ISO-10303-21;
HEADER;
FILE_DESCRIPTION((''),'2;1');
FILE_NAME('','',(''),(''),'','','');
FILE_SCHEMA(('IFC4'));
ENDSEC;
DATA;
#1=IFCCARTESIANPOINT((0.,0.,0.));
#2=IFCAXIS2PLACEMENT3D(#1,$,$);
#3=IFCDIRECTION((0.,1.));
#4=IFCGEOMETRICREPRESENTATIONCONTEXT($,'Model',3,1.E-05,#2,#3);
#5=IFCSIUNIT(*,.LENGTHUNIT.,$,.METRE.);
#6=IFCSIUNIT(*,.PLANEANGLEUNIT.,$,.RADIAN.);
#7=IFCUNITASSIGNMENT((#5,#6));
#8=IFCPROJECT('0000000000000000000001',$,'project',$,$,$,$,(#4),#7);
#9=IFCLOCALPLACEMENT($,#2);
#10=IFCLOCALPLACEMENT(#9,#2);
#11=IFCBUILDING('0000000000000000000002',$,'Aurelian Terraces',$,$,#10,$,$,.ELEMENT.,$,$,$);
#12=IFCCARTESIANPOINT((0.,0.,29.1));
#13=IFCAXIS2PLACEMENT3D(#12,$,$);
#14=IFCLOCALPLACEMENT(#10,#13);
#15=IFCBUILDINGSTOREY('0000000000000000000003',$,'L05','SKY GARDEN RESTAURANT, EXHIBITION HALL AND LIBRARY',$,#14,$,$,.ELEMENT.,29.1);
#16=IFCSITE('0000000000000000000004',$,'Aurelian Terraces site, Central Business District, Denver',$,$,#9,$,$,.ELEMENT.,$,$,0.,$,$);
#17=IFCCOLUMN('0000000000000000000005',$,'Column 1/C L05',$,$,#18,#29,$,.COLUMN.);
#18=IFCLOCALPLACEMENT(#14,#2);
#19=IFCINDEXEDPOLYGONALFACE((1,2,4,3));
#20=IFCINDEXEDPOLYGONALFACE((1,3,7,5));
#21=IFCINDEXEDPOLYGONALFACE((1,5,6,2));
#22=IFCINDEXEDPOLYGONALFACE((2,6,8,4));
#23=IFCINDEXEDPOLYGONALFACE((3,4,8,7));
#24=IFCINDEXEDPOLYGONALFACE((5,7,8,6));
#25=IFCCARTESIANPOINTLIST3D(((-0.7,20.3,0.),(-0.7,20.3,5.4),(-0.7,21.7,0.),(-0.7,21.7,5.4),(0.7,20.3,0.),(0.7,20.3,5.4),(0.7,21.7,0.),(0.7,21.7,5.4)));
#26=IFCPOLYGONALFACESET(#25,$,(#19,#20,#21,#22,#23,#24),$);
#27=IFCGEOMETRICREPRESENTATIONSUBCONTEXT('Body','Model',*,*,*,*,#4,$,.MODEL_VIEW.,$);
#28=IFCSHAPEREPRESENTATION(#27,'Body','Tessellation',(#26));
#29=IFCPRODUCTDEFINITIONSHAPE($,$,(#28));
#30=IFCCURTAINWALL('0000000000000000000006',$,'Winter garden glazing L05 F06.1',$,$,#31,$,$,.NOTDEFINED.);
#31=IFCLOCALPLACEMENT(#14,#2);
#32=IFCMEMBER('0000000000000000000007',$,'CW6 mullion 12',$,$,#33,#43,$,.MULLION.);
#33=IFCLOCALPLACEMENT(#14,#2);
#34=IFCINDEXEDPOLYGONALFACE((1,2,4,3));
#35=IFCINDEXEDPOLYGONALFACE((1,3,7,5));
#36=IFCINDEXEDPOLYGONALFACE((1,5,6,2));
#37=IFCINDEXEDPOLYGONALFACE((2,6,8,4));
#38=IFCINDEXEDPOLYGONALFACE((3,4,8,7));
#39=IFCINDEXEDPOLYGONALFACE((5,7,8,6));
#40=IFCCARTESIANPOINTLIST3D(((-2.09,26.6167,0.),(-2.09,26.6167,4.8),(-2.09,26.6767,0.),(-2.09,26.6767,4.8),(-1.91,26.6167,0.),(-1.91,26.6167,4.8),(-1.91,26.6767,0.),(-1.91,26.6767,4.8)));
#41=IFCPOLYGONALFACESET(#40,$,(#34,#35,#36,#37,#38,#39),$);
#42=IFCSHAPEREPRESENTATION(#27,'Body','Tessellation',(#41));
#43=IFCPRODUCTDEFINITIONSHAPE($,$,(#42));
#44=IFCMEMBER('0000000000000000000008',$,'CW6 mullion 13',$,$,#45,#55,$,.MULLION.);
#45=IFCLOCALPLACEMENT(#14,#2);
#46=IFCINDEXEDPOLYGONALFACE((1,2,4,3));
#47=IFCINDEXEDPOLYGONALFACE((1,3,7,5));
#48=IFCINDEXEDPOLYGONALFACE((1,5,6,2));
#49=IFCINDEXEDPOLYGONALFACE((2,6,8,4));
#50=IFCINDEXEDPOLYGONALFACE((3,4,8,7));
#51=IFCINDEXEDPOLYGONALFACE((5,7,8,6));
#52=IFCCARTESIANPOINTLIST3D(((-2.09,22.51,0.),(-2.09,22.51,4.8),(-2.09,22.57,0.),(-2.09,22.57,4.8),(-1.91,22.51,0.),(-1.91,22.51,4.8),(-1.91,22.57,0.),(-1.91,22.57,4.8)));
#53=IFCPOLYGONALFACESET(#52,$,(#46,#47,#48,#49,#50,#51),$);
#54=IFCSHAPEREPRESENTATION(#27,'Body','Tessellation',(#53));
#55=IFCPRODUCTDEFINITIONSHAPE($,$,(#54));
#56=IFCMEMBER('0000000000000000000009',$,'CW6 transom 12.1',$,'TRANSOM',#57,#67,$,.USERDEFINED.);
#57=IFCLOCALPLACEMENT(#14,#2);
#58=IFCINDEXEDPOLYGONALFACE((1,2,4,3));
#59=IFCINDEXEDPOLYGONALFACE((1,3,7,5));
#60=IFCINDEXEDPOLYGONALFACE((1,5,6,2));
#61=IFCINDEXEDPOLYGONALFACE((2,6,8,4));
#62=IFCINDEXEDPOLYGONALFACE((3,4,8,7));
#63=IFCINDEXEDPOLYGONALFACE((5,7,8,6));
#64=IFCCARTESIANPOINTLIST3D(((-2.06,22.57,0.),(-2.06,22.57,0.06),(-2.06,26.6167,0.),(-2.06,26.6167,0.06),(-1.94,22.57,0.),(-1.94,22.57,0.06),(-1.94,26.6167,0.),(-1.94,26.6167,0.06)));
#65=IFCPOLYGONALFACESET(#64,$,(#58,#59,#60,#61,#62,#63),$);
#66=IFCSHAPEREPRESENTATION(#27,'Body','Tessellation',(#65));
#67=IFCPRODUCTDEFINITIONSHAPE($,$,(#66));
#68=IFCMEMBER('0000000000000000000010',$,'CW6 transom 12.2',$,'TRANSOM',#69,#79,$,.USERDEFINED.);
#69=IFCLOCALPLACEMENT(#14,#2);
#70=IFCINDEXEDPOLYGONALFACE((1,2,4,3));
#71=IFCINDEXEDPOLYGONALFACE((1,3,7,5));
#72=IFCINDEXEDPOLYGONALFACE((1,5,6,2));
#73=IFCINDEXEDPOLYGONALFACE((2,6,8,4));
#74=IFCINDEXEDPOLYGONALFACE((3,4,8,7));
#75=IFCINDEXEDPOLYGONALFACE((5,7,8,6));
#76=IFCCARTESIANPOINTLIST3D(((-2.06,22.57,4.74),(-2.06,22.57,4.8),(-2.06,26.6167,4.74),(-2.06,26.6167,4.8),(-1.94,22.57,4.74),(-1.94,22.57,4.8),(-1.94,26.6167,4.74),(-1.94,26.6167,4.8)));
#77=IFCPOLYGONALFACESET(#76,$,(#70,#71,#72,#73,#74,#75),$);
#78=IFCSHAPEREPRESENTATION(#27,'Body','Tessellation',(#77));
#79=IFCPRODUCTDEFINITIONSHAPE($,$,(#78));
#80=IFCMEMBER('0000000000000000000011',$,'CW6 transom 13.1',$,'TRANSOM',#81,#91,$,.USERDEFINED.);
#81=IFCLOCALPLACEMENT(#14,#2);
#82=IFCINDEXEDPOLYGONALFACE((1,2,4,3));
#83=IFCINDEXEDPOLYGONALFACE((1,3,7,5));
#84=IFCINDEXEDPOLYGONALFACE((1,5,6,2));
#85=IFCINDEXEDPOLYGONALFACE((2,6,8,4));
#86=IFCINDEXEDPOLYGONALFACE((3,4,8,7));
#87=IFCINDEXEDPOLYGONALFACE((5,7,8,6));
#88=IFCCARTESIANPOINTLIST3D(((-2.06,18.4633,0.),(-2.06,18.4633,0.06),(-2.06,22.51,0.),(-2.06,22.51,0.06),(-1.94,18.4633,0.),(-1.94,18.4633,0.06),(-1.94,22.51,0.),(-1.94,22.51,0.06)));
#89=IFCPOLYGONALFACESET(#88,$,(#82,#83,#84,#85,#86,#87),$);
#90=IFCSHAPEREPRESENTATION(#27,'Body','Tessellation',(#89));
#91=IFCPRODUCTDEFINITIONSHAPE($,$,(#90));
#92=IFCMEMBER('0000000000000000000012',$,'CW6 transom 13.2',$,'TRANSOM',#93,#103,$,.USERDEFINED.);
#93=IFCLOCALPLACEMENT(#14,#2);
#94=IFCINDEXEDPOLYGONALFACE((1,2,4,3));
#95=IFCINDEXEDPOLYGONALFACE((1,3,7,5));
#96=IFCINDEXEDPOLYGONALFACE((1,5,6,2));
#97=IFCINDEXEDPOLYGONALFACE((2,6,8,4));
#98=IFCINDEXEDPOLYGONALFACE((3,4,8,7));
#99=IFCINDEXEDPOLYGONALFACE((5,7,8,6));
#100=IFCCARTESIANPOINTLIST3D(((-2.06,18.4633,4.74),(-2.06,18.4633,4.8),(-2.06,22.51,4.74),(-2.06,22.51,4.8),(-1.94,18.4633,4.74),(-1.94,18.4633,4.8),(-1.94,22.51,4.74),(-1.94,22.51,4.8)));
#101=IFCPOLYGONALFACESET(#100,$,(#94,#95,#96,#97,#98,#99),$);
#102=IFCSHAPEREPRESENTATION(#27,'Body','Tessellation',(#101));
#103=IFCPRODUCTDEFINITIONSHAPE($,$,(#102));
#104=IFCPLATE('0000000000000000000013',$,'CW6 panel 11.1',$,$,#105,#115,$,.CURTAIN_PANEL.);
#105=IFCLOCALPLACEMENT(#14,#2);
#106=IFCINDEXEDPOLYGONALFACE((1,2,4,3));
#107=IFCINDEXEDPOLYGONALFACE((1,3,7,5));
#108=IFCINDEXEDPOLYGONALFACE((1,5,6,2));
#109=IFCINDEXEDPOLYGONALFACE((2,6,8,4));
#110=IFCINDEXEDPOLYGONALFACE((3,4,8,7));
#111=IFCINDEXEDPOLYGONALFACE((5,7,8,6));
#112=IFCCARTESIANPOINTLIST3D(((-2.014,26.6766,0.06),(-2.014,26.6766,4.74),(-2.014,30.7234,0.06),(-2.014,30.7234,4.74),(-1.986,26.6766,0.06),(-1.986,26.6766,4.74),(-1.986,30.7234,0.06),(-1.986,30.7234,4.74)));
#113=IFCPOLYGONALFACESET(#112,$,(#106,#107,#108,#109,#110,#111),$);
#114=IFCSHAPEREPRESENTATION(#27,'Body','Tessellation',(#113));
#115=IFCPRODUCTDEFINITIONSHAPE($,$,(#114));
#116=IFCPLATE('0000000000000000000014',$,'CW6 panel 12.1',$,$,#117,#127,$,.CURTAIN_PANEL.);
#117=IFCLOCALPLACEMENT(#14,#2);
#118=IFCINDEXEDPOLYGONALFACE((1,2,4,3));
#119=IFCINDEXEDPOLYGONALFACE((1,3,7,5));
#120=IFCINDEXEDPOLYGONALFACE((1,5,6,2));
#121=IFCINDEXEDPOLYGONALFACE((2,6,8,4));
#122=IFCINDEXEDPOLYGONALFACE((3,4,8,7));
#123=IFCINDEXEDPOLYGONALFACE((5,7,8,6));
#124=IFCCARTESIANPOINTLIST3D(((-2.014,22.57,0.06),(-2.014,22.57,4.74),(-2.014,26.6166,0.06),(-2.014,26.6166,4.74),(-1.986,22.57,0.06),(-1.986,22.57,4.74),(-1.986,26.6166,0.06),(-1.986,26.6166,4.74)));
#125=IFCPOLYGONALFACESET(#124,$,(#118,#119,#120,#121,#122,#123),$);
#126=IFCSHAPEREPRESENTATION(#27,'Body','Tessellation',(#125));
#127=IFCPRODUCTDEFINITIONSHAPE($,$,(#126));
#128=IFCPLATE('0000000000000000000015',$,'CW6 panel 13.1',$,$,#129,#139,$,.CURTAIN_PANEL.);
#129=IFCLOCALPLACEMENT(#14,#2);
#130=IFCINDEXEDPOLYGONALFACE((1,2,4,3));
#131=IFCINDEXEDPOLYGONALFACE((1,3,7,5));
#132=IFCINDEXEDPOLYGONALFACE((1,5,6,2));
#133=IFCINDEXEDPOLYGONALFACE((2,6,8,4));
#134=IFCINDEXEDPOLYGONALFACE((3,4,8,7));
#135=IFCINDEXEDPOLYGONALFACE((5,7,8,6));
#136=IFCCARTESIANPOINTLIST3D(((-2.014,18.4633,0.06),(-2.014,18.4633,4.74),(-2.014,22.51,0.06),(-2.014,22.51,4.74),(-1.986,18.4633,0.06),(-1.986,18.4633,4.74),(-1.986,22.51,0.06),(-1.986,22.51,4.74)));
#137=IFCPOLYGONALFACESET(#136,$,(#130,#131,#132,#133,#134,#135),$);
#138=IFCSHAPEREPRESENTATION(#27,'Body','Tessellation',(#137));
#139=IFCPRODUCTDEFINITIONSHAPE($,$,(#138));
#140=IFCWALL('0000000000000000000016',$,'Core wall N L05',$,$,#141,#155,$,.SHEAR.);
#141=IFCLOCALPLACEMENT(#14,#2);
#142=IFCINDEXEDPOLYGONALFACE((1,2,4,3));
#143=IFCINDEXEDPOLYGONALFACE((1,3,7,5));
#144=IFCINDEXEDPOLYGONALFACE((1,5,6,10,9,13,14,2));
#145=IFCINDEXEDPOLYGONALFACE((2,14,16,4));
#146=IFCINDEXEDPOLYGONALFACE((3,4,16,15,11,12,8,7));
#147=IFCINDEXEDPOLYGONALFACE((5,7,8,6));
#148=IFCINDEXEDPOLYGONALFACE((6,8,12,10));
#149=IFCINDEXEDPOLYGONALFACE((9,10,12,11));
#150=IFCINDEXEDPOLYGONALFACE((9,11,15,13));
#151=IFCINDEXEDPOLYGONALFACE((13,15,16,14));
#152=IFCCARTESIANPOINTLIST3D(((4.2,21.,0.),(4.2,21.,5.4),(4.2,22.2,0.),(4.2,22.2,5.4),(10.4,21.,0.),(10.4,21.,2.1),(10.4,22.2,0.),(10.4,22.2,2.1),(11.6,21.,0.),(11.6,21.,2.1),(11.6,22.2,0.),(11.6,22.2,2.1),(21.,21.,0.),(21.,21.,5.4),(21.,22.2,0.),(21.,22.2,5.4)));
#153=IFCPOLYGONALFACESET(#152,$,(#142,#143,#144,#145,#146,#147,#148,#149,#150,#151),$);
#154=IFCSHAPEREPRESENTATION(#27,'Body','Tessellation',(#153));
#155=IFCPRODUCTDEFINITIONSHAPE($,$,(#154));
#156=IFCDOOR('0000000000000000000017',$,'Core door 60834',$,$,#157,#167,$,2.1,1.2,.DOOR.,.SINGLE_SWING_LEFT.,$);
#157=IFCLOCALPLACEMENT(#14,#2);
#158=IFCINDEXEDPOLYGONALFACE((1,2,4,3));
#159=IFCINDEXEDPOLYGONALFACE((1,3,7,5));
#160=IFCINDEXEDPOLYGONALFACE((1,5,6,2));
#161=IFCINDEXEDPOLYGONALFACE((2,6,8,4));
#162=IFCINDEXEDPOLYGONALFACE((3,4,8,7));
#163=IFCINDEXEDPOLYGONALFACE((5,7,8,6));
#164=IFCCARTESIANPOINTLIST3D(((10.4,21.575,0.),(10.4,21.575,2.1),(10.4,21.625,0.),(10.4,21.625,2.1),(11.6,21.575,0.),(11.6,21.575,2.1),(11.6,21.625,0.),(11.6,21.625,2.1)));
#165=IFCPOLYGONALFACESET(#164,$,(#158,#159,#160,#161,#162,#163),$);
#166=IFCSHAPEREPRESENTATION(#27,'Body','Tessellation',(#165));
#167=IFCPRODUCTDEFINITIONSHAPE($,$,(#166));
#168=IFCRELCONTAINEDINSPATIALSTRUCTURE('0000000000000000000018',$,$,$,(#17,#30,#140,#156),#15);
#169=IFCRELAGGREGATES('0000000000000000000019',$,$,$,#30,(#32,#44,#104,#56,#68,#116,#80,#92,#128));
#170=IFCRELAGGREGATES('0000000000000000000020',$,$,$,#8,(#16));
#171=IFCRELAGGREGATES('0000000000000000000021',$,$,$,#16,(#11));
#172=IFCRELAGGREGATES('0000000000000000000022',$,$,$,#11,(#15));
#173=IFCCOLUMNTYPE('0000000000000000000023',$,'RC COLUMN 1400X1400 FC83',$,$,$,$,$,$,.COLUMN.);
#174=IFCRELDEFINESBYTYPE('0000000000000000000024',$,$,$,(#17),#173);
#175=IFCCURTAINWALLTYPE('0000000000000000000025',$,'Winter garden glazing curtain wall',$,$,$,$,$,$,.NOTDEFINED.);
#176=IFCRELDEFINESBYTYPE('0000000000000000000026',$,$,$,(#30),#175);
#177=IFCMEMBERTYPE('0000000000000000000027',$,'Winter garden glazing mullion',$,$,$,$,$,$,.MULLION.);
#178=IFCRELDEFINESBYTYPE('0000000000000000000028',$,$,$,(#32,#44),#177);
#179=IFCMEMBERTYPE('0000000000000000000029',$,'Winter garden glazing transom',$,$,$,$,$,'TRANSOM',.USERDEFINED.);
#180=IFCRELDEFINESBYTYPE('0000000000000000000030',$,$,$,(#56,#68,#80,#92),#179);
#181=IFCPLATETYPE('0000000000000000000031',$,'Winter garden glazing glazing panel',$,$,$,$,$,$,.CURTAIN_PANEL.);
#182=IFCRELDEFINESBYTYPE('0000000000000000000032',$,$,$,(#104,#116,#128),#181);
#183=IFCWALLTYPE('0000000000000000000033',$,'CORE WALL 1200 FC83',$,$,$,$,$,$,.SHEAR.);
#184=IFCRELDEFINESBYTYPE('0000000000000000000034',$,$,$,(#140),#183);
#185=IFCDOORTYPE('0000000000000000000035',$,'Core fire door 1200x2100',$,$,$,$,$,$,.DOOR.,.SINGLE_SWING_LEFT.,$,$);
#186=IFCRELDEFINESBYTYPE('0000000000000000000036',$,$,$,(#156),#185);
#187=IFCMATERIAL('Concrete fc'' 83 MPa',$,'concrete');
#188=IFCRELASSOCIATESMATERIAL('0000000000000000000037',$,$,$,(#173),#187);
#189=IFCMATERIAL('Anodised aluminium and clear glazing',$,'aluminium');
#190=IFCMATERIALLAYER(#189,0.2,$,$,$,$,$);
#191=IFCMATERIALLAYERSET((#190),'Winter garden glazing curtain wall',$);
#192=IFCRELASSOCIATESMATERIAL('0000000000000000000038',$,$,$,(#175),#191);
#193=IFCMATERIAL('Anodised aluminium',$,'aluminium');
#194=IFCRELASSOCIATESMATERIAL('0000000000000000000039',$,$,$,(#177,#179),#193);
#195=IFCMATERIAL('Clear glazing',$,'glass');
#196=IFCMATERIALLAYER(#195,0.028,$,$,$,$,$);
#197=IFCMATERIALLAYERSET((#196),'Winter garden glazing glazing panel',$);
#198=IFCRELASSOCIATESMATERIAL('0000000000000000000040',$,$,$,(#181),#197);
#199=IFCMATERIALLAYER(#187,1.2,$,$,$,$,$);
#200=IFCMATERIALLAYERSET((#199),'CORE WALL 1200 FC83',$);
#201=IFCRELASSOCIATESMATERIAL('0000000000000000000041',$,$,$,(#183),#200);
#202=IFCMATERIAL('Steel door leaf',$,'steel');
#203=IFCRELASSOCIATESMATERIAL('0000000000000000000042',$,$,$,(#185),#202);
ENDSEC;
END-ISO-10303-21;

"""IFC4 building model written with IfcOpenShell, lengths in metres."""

from ifc_helpers import new_model, si_unit, direction, frame, frame_2d, origin, origin_2d, place, context, subcontext, project, spatial, rectangle, extrude, source, transform, mapped, material, layer, layer_set, material_profile, profile_set, type_object, element, fill, aggregate, save


model = new_model("IFC4")

# Units and contexts
model_context = context("Model", 3, precision=1e-05, world=origin(), true_north=direction((0.0, 1.0)))
body_context = subcontext(model_context, "Body", "Model", "MODEL_VIEW")
ifc_project = project(units=[si_unit("LENGTHUNIT", "METRE"), si_unit("PLANEANGLEUNIT", "RADIAN")], contexts=[model_context])

# Site, building, storey
site_placement = place(None, origin())
site = spatial("IfcSite", under=ifc_project, at=site_placement, Name="Aurelian Terraces site, Central Business District, Denver", CompositionType="ELEMENT", RefElevation=0.0)
building_placement = place(site_placement, origin())
building = spatial("IfcBuilding", under=site, at=building_placement, Name="Aurelian Terraces", CompositionType="ELEMENT")
storey_placement = place(building_placement, frame((0.0, 0.0, 29.1)))
storey = spatial("IfcBuildingStorey", under=building, at=storey_placement, Name="L05", Description="SKY GARDEN RESTAURANT, EXHIBITION HALL AND LIBRARY", CompositionType="ELEMENT", Elevation=29.1)

# Column
ifc_material_1 = material(Name="Concrete fc' 83 MPa", Category="concrete")
ifc_material_profile_1 = material_profile(ifc_material_1, rectangle(XDim=1.4, YDim=1.4, at=origin_2d()))
ifc_profile_set_1 = profile_set([ifc_material_profile_1], Name="Concrete fc' 83 MPa")
column_type = type_object("IfcColumnType", Name="RC COLUMN 1400X1400 FC83", PredefinedType="COLUMN", material=ifc_profile_set_1)
shared_shape_1 = source(origin(), body_context, "Body", "SweptSolid", [
    extrude(rectangle(XDim=1.4, YDim=1.4, at=origin_2d()), origin(), (0.0, 0.0, 1.0), 5.4),
])
column_placement = place(storey_placement, frame((0.0, 21.0, 0.0), z_axis=(0.0, 0.0, 1.0), x_axis=(1.0, 0.0, 0.0)))
element("IfcColumn", 1, at=column_placement, inside=storey, type_object=column_type, Name="Column 1/C L05", PredefinedType="COLUMN", context=body_context, shape_type="MappedRepresentation", body=[
    mapped(shared_shape_1, transform((0.0, 0.0, 0.0), scale=1.0)),
])

# Curtain wall, members, plates
ifc_material_2 = material(Name="Anodised aluminium and clear glazing", Category="aluminium")
ifc_layer_1 = layer(ifc_material_2, 0.2)
ifc_layer_set_1 = layer_set([ifc_layer_1], Name="Winter garden glazing curtain wall")
curtain_wall_type = type_object("IfcCurtainWallType", Name="Winter garden glazing curtain wall", PredefinedType="NOTDEFINED", material=ifc_layer_set_1)
curtain_wall_placement = place(storey_placement, origin())
curtain_wall = element("IfcCurtainWall", 2, at=curtain_wall_placement, inside=storey, type_object=curtain_wall_type, Name="Winter garden glazing L05 F06.1", PredefinedType="NOTDEFINED")
ifc_material_3 = material(Name="Anodised aluminium", Category="aluminium")
ifc_material_profile_2 = material_profile(ifc_material_3, rectangle(XDim=0.18, YDim=0.06, at=origin_2d()))
ifc_profile_set_2 = profile_set([ifc_material_profile_2], Name="Anodised aluminium")
member_type_1 = type_object("IfcMemberType", Name="Winter garden glazing mullion", PredefinedType="MULLION", material=ifc_profile_set_2)
shared_shape_2 = source(origin(), body_context, "Body", "SweptSolid", [
    extrude(rectangle(XDim=0.18, YDim=0.06, at=origin_2d()), origin(), (0.0, 0.0, 1.0), 4.8),
])
member_1_placement = place(storey_placement, frame((-2.0, 26.6467, 0.0), z_axis=(0.0, 0.0, 1.0), x_axis=(1.0, 0.0, 0.0)))
member_1 = element("IfcMember", 3, at=member_1_placement, type_object=member_type_1, Name="CW6 mullion 12", PredefinedType="MULLION", context=body_context, shape_type="MappedRepresentation", body=[
    mapped(shared_shape_2, transform((0.0, 0.0, 0.0), scale=1.0)),
])
member_2_placement = place(storey_placement, frame((-2.0, 22.54, 0.0), z_axis=(0.0, 0.0, 1.0), x_axis=(1.0, 0.0, 0.0)))
member_2 = element("IfcMember", 4, at=member_2_placement, type_object=member_type_1, Name="CW6 mullion 13", PredefinedType="MULLION", context=body_context, shape_type="MappedRepresentation", body=[
    mapped(shared_shape_2, transform((0.0, 0.0, 0.0), scale=1.0)),
])
ifc_material_profile_3 = material_profile(ifc_material_3, rectangle(XDim=0.12, YDim=0.06, at=origin_2d()))
ifc_profile_set_3 = profile_set([ifc_material_profile_3], Name="Anodised aluminium")
member_type_2 = type_object("IfcMemberType", Name="Winter garden glazing transom", ElementType="TRANSOM", PredefinedType="USERDEFINED", material=ifc_profile_set_3)
shared_shape_3 = source(origin(), body_context, "Body", "SweptSolid", [
    extrude(rectangle(XDim=0.12, YDim=0.06, at=origin_2d()), origin(), (0.0, 0.0, 1.0), 4.0467),
])
member_3_placement = place(storey_placement, frame((-2.0, 26.6167, 0.03), z_axis=(0.0, -1.0, 0.0), x_axis=(1.0, 0.0, 0.0)))
member_3 = element("IfcMember", 5, at=member_3_placement, type_object=member_type_2, Name="CW6 transom 12.1", ObjectType="TRANSOM", PredefinedType="USERDEFINED", context=body_context, shape_type="MappedRepresentation", body=[
    mapped(shared_shape_3, transform((0.0, 0.0, 0.0), scale=1.0)),
])
member_4_placement = place(storey_placement, frame((-2.0, 26.6167, 4.77), z_axis=(0.0, -1.0, 0.0), x_axis=(1.0, 0.0, 0.0)))
member_4 = element("IfcMember", 6, at=member_4_placement, type_object=member_type_2, Name="CW6 transom 12.2", ObjectType="TRANSOM", PredefinedType="USERDEFINED", context=body_context, shape_type="MappedRepresentation", body=[
    mapped(shared_shape_3, transform((0.0, 0.0, 0.0), scale=1.0)),
])
member_5_placement = place(storey_placement, frame((-2.0, 22.51, 0.03), z_axis=(0.0, -1.0, 0.0), x_axis=(1.0, 0.0, 0.0)))
member_5 = element("IfcMember", 7, at=member_5_placement, type_object=member_type_2, Name="CW6 transom 13.1", ObjectType="TRANSOM", PredefinedType="USERDEFINED", context=body_context, shape_type="MappedRepresentation", body=[
    mapped(shared_shape_3, transform((0.0, 0.0, 0.0), scale=1.0)),
])
member_6_placement = place(storey_placement, frame((-2.0, 22.51, 4.77), z_axis=(0.0, -1.0, 0.0), x_axis=(1.0, 0.0, 0.0)))
member_6 = element("IfcMember", 8, at=member_6_placement, type_object=member_type_2, Name="CW6 transom 13.2", ObjectType="TRANSOM", PredefinedType="USERDEFINED", context=body_context, shape_type="MappedRepresentation", body=[
    mapped(shared_shape_3, transform((0.0, 0.0, 0.0), scale=1.0)),
])
ifc_material_4 = material(Name="Clear glazing", Category="glass")
ifc_layer_2 = layer(ifc_material_4, 0.028)
ifc_layer_set_2 = layer_set([ifc_layer_2], Name="Winter garden glazing glazing panel")
plate_type = type_object("IfcPlateType", Name="Winter garden glazing glazing panel", PredefinedType="CURTAIN_PANEL", material=ifc_layer_set_2)
shared_shape_4 = source(origin(), body_context, "Body", "SweptSolid", [
    extrude(rectangle(XDim=4.0467, YDim=0.028, at=origin_2d()), origin(), (0.0, 0.0, 1.0), 4.68),
])
plate_1_placement = place(storey_placement, frame((-2.0, 28.7, 0.06), z_axis=(0.0, 0.0, 1.0), x_axis=(0.0, -1.0, 0.0)))
plate_1 = element("IfcPlate", 9, at=plate_1_placement, type_object=plate_type, Name="CW6 panel 11.1", PredefinedType="CURTAIN_PANEL", context=body_context, shape_type="MappedRepresentation", body=[
    mapped(shared_shape_4, transform((0.0, 0.0, 0.0), scale=1.0)),
])
plate_2_placement = place(storey_placement, frame((-2.0, 24.5933, 0.06), z_axis=(0.0, 0.0, 1.0), x_axis=(0.0, -1.0, 0.0)))
plate_2 = element("IfcPlate", 10, at=plate_2_placement, type_object=plate_type, Name="CW6 panel 12.1", PredefinedType="CURTAIN_PANEL", context=body_context, shape_type="MappedRepresentation", body=[
    mapped(shared_shape_4, transform((0.0, 0.0, 0.0), scale=1.0)),
])
plate_3_placement = place(storey_placement, frame((-2.0, 20.4867, 0.06), z_axis=(0.0, 0.0, 1.0), x_axis=(0.0, -1.0, 0.0)))
plate_3 = element("IfcPlate", 11, at=plate_3_placement, type_object=plate_type, Name="CW6 panel 13.1", PredefinedType="CURTAIN_PANEL", context=body_context, shape_type="MappedRepresentation", body=[
    mapped(shared_shape_4, transform((0.0, 0.0, 0.0), scale=1.0)),
])
aggregate(curtain_wall, [member_1, member_2, plate_1, member_3, member_4, plate_2, member_5, member_6, plate_3])

# Wall, opening, door
ifc_layer_3 = layer(ifc_material_1, 1.2)
ifc_layer_set_3 = layer_set([ifc_layer_3], Name="CORE WALL 1200 FC83")
wall_type_1 = type_object("IfcWallType", Name="CORE WALL 1200 FC83", PredefinedType="SHEAR", material=ifc_layer_set_3)
shared_shape_5 = source(origin(), body_context, "Body", "SweptSolid", [
    extrude(rectangle(XDim=16.8, YDim=1.2, at=frame_2d((8.4, 0.0))), origin(), (0.0, 0.0, 1.0), 5.4),
])
wall_1_placement = place(storey_placement, frame((4.2, 21.6, 0.0), z_axis=(0.0, 0.0, 1.0), x_axis=(1.0, 0.0, 0.0)))
wall_1 = element("IfcWall", 12, at=wall_1_placement, inside=storey, type_object=wall_type_1, Name="Core wall N L05", PredefinedType="SHEAR", context=body_context, shape_type="MappedRepresentation", body=[
    mapped(shared_shape_5, transform((0.0, 0.0, 0.0), scale=1.0)),
])
shared_shape_6 = source(origin(), body_context, "Body", "SweptSolid", [
    extrude(rectangle(XDim=1.2, YDim=2.1, at=frame_2d((0.6, 1.05))), frame((0.0, 0.61, 0.0), z_axis=(0.0, -1.0, 0.0), x_axis=(1.0, 0.0, 0.0)), (0.0, 0.0, 1.0), 1.22),
])
opening_placement = place(wall_1_placement, frame((6.2, 0.0, 0.0)))
opening = element("IfcOpeningElement", 13, at=opening_placement, cuts=wall_1, PredefinedType="OPENING", context=body_context, shape_type="MappedRepresentation", body=[
    mapped(shared_shape_6, transform((0.0, 0.0, 0.0), scale=1.0)),
])
ifc_material_5 = material(Name="Steel door leaf", Category="steel")
door_type = type_object("IfcDoorType", Name="Core fire door 1200x2100", OperationType="SINGLE_SWING_LEFT", PredefinedType="DOOR", material=ifc_material_5)
shared_shape_7 = source(origin(), body_context, "Body", "SweptSolid", [
    extrude(rectangle(XDim=1.2, YDim=2.1, at=frame_2d((0.6, 1.05))), frame((0.0, 0.025, 0.0), z_axis=(0.0, -1.0, 0.0), x_axis=(1.0, 0.0, 0.0)), (0.0, 0.0, 1.0), 0.05),
])
door_placement = place(opening_placement, origin())
door = element("IfcDoor", 14, at=door_placement, inside=storey, type_object=door_type, Name="Core door 60834", OperationType="SINGLE_SWING_LEFT", OverallHeight=2.1, OverallWidth=1.2, PredefinedType="DOOR", context=body_context, shape_type="MappedRepresentation", body=[
    mapped(shared_shape_7, transform((0.0, 0.0, 0.0), scale=1.0)),
])
fill(opening, door)

save(model, "model.ifc")
